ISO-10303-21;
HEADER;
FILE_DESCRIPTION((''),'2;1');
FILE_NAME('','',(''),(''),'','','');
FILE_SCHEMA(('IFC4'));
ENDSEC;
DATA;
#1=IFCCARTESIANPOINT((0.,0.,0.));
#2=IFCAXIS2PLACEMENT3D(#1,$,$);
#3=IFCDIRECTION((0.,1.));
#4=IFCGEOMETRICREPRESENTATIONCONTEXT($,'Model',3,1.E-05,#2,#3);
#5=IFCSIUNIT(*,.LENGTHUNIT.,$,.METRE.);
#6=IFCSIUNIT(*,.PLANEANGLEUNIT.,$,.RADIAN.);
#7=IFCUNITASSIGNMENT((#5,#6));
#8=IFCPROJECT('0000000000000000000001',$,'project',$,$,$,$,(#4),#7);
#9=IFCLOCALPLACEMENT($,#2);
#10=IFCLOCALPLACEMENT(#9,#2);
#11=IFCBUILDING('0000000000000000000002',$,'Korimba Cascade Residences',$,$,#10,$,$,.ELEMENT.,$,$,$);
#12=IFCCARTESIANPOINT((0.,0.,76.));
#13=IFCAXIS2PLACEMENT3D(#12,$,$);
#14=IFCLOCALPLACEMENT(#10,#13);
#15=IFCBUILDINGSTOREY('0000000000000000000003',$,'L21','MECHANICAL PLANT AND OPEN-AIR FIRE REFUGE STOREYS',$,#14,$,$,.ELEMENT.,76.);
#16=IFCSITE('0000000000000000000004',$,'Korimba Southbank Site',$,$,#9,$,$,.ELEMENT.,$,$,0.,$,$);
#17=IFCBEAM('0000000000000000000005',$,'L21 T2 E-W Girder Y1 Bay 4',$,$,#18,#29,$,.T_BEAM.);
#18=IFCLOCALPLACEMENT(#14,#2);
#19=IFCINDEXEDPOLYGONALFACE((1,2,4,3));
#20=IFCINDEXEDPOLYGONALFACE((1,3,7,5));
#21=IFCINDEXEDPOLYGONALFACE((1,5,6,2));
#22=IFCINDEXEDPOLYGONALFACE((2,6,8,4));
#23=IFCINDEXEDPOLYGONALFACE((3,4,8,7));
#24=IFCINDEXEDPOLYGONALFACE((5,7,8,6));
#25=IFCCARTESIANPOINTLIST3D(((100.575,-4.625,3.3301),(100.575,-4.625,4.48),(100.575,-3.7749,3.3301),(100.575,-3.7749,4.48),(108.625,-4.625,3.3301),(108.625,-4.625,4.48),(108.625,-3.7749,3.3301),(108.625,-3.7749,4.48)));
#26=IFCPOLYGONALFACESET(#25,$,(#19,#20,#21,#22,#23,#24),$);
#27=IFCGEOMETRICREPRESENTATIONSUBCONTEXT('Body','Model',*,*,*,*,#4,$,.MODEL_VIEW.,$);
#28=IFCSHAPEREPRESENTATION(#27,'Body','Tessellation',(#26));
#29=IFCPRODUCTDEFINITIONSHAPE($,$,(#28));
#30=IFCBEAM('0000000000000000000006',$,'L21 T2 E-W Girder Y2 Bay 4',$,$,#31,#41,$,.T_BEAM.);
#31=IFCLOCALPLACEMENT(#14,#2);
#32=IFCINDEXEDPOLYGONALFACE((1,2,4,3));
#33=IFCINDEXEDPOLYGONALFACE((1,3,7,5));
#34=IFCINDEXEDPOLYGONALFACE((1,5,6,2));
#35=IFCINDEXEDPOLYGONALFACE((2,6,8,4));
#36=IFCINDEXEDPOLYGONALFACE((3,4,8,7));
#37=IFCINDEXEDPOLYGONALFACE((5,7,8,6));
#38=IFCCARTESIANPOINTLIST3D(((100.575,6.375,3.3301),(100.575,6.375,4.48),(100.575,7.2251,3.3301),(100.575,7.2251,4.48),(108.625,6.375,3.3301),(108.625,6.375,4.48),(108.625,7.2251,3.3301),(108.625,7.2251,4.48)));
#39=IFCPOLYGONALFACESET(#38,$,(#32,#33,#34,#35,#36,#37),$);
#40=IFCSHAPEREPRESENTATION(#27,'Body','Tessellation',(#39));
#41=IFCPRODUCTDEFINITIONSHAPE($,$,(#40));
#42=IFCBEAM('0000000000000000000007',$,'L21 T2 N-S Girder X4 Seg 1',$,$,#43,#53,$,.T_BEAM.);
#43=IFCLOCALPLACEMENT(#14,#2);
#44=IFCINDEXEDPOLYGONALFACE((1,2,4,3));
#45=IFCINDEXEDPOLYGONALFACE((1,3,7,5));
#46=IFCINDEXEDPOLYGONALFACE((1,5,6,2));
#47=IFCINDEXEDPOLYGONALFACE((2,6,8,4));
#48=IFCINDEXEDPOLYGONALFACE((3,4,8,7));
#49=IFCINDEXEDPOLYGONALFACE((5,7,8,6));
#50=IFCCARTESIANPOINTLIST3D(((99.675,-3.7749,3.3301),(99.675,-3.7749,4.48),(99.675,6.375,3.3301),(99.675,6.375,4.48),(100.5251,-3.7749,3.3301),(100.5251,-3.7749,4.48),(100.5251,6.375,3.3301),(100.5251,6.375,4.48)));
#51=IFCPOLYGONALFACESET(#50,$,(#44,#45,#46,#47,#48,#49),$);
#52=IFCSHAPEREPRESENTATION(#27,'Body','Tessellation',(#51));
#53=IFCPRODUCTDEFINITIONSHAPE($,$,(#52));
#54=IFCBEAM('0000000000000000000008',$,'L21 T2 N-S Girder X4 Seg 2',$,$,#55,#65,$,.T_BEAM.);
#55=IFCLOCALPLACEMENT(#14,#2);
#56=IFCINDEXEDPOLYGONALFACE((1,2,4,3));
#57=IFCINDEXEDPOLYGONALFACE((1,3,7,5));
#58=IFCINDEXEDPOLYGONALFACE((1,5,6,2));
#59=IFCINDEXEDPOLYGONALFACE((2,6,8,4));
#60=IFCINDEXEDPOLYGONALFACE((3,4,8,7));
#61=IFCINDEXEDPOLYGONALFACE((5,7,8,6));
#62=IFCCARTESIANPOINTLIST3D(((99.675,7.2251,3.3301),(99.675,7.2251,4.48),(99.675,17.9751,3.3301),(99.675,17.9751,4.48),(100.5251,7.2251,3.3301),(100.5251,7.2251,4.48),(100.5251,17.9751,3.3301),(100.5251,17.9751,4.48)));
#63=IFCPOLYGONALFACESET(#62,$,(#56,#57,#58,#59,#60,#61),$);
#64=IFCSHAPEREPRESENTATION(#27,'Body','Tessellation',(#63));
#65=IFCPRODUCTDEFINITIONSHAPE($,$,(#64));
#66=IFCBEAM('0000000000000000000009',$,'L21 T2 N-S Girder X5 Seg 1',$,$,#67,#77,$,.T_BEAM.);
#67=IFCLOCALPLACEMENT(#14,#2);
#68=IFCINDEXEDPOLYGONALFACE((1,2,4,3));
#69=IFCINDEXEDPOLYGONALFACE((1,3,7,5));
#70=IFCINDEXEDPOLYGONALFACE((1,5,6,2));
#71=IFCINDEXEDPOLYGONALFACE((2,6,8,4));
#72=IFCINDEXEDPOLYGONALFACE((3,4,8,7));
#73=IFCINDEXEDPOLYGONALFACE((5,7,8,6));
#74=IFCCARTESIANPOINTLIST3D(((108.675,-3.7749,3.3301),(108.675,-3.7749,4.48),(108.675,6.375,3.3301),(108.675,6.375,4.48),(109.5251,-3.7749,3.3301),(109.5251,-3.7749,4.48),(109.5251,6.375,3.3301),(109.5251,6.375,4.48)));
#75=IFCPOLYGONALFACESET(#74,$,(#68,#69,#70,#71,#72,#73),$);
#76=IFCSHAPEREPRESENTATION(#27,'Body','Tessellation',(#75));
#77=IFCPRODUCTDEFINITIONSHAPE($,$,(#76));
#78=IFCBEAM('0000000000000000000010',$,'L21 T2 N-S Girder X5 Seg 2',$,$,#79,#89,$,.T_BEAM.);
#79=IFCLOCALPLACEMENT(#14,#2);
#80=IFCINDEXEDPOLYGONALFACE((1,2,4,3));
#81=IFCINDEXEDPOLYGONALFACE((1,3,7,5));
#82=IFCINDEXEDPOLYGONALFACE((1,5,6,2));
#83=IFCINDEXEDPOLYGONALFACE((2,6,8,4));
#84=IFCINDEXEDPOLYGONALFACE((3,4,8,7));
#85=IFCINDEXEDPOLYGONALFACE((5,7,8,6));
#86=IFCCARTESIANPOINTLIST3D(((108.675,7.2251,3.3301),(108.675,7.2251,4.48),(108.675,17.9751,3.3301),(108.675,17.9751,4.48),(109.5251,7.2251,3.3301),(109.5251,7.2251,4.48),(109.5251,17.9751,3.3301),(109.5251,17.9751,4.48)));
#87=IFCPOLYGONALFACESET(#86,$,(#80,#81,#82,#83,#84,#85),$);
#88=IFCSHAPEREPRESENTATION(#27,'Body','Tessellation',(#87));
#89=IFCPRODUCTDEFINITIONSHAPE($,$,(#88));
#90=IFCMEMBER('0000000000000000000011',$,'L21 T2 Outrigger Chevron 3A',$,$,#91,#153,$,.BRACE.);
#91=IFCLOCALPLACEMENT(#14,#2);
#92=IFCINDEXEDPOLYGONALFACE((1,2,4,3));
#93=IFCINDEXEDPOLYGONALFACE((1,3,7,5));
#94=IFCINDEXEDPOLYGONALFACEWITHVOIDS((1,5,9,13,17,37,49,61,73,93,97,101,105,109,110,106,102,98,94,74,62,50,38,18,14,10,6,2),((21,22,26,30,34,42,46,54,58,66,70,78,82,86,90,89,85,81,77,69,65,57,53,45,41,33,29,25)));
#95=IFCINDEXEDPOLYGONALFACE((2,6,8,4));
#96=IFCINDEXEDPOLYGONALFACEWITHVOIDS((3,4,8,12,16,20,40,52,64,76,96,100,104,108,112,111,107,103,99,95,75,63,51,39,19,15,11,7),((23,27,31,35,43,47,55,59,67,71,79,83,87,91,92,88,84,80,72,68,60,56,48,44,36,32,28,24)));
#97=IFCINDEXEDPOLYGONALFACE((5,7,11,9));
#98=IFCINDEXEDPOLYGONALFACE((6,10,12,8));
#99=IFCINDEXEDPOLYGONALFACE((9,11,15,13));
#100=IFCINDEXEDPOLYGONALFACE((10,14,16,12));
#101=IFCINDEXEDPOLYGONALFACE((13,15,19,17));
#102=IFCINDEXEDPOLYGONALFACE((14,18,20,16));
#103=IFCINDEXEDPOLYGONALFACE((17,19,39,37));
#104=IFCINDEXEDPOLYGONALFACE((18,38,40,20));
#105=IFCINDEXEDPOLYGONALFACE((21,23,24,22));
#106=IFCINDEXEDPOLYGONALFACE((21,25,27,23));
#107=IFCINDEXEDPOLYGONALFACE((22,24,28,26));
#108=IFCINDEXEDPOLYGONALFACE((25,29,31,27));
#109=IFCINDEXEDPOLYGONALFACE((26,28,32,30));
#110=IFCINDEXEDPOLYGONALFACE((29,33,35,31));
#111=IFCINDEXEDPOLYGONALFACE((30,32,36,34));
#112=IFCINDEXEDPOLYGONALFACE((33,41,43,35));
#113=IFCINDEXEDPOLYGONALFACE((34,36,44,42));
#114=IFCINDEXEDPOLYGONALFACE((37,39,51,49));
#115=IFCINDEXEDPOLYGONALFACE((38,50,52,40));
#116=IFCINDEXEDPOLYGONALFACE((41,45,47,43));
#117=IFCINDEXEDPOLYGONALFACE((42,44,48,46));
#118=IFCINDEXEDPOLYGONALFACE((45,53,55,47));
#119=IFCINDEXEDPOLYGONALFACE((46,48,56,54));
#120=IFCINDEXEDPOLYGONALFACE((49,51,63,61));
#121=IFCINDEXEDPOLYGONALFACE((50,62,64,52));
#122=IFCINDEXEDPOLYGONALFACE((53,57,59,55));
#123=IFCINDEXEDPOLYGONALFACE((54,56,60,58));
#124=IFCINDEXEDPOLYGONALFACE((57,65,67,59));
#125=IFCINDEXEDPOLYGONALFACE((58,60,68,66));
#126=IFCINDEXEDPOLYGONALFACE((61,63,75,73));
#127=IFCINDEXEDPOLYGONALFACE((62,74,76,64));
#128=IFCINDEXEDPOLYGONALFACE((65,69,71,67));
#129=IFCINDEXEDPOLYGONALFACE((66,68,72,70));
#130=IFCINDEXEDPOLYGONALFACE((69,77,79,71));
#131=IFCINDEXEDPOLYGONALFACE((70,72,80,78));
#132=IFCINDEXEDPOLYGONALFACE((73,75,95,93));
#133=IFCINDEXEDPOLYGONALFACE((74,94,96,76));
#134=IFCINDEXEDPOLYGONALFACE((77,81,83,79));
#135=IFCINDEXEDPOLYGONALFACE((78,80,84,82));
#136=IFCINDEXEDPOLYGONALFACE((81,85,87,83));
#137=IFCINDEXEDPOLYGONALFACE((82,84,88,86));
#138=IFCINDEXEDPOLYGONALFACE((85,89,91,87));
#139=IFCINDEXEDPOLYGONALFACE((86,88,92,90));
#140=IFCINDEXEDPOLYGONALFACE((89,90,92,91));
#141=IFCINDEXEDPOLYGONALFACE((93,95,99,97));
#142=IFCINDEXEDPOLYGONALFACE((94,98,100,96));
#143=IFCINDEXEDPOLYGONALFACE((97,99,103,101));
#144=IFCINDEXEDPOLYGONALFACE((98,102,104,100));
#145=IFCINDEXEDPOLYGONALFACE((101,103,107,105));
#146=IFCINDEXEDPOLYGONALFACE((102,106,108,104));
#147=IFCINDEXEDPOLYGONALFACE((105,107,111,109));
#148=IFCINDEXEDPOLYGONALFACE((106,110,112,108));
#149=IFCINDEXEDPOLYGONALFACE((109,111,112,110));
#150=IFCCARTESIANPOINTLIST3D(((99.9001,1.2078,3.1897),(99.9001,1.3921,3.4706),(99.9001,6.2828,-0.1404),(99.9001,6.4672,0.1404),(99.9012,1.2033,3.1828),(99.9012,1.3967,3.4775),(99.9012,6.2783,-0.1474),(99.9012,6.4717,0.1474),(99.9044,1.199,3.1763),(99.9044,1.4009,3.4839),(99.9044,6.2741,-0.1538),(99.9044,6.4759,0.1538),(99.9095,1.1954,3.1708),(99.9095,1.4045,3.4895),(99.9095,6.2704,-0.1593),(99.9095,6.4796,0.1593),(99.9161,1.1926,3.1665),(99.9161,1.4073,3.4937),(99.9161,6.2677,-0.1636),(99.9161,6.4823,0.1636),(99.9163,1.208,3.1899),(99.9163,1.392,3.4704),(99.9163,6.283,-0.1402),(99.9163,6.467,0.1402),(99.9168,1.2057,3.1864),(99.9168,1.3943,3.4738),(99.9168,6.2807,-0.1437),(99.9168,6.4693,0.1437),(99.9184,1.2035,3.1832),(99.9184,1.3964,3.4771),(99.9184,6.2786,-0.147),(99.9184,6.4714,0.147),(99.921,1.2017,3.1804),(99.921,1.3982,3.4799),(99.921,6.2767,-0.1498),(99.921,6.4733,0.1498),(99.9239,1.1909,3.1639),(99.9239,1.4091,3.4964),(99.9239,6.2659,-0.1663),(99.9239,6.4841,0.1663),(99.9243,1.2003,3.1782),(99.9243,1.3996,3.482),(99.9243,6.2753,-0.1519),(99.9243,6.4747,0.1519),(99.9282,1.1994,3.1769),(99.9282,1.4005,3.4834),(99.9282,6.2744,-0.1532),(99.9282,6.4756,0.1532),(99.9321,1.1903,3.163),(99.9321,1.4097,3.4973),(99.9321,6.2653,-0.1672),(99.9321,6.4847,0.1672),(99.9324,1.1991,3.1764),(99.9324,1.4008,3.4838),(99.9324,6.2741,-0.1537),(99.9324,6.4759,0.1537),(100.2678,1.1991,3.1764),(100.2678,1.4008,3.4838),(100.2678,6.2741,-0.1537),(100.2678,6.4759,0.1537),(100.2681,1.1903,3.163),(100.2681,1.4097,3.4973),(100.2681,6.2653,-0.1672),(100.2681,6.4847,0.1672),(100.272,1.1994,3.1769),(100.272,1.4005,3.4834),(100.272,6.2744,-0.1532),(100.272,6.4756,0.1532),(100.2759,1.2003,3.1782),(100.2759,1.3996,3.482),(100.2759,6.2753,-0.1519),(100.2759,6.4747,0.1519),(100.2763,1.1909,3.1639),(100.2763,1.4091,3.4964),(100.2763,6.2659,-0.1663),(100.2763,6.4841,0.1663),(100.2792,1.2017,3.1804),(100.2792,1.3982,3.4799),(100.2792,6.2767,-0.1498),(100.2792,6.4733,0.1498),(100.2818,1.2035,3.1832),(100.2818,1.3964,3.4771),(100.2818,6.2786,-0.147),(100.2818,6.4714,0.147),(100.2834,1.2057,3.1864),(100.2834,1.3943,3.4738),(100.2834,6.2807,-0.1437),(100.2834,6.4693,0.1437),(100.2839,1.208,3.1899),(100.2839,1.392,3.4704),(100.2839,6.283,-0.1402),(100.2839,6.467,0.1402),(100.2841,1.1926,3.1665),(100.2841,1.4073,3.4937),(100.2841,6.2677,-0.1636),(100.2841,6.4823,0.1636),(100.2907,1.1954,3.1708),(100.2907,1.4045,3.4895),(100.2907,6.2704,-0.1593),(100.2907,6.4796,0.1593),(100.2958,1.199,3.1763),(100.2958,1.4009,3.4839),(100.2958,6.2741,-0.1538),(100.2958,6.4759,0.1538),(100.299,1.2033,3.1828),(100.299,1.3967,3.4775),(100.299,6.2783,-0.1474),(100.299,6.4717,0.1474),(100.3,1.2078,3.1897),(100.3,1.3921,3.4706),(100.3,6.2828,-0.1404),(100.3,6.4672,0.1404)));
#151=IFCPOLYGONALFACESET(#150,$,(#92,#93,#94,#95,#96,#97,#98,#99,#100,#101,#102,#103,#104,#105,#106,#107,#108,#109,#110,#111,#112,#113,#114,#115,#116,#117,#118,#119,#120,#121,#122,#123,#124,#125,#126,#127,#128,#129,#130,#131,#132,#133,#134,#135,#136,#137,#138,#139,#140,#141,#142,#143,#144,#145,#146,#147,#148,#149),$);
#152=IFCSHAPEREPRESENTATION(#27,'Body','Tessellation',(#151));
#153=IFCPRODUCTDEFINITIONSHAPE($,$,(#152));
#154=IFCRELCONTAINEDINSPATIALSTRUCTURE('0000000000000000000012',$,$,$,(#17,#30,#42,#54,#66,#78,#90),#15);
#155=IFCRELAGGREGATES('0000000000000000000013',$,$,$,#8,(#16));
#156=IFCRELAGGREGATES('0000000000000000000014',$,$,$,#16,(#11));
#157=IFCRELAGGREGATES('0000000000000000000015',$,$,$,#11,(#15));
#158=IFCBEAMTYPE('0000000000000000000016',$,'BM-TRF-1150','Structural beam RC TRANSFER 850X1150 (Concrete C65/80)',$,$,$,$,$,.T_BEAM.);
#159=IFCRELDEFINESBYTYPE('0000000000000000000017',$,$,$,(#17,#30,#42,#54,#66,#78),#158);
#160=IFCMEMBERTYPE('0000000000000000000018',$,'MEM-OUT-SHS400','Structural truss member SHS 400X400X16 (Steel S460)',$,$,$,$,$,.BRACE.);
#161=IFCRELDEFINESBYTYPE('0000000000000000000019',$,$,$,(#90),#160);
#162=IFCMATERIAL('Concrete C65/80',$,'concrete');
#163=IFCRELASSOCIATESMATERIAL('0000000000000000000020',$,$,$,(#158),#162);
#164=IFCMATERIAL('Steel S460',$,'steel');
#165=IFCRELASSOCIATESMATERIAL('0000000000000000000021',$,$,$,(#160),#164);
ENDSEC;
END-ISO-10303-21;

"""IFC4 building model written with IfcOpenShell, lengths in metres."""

from ifc_helpers import new_model, si_unit, direction, frame, origin, origin_2d, place, context, subcontext, project, spatial, rectangle, hollow_rectangle, extrude, material, material_profile, profile_set, type_object, element, save


model = new_model("IFC4")

# Units and contexts
model_context = context("Model", 3, precision=1e-05, world=origin(), true_north=direction((0.0, 1.0)))
body_context = subcontext(model_context, "Body", "Model", "MODEL_VIEW")
ifc_project = project(units=[si_unit("LENGTHUNIT", "METRE"), si_unit("PLANEANGLEUNIT", "RADIAN")], contexts=[model_context])

# Site, building, storey
site_placement = place(None, origin())
site = spatial("IfcSite", under=ifc_project, at=site_placement, Name="Korimba Southbank Site", CompositionType="ELEMENT", RefElevation=0.0)
building_placement = place(site_placement, origin())
building = spatial("IfcBuilding", under=site, at=building_placement, Name="Korimba Cascade Residences", CompositionType="ELEMENT")
storey_placement = place(building_placement, frame((0.0, 0.0, 76.0)))
storey = spatial("IfcBuildingStorey", under=building, at=storey_placement, Name="L21", Description="MECHANICAL PLANT AND OPEN-AIR FIRE REFUGE STOREYS", CompositionType="ELEMENT", Elevation=76.0)

# Shared definitions
ifc_material_1 = material(Name="Concrete C65/80", Category="concrete")

# Beams
ifc_material_profile_1 = material_profile(ifc_material_1, rectangle(XDim=0.8501, YDim=1.1499, at=origin_2d()), Name="Concrete C65/80")
ifc_profile_set_1 = profile_set([ifc_material_profile_1], Name="Concrete C65/80")
beam_type_1 = type_object("IfcBeamType", Name="BM-TRF-1150", Description="Structural beam RC TRANSFER 850X1150 (Concrete C65/80)", PredefinedType="T_BEAM", material=ifc_profile_set_1)
for number, where, z_axis, x_axis, name in (
    (1, (100.575, -4.2, 3.905), (1.0, 0.0, 0.0), (0.0, 1.0, 0.0), "L21 T2 E-W Girder Y1 Bay 4"),
    (2, (100.575, 6.8, 3.905), (1.0, 0.0, 0.0), (0.0, 1.0, 0.0), "L21 T2 E-W Girder Y2 Bay 4"),
):
    element("IfcBeam", number, at=place(storey_placement, frame(where, z_axis=z_axis, x_axis=x_axis)), inside=storey, type_object=beam_type_1, Name=name, PredefinedType="T_BEAM", context=body_context, shape_type="SweptSolid", body=[
        extrude(rectangle(XDim=0.8501, YDim=1.1499, at=origin_2d()), origin(), (0.0, 0.0, 1.0), 8.05),
    ])
beam_1_placement = place(storey_placement, frame((100.1001, -3.7749, 3.905), z_axis=(0.0, 1.0, 0.0), x_axis=(-1.0, 0.0, 0.0)))
element("IfcBeam", 3, at=beam_1_placement, inside=storey, type_object=beam_type_1, Name="L21 T2 N-S Girder X4 Seg 1", PredefinedType="T_BEAM", context=body_context, shape_type="SweptSolid", body=[
    extrude(rectangle(XDim=0.8501, YDim=1.1499, at=origin_2d()), origin(), (0.0, 0.0, 1.0), 10.1499),
])
beam_2_placement = place(storey_placement, frame((100.1001, 7.2251, 3.905), z_axis=(0.0, 1.0, 0.0), x_axis=(-1.0, 0.0, 0.0)))
element("IfcBeam", 4, at=beam_2_placement, inside=storey, type_object=beam_type_1, Name="L21 T2 N-S Girder X4 Seg 2", PredefinedType="T_BEAM", context=body_context, shape_type="SweptSolid", body=[
    extrude(rectangle(XDim=0.8501, YDim=1.1499, at=origin_2d()), origin(), (0.0, 0.0, 1.0), 10.75),
])
beam_3_placement = place(storey_placement, frame((109.1001, -3.7749, 3.905), z_axis=(0.0, 1.0, 0.0), x_axis=(-1.0, 0.0, 0.0)))
element("IfcBeam", 5, at=beam_3_placement, inside=storey, type_object=beam_type_1, Name="L21 T2 N-S Girder X5 Seg 1", PredefinedType="T_BEAM", context=body_context, shape_type="SweptSolid", body=[
    extrude(rectangle(XDim=0.8501, YDim=1.1499, at=origin_2d()), origin(), (0.0, 0.0, 1.0), 10.1499),
])
beam_4_placement = place(storey_placement, frame((109.1001, 7.2251, 3.905), z_axis=(0.0, 1.0, 0.0), x_axis=(-1.0, 0.0, 0.0)))
element("IfcBeam", 6, at=beam_4_placement, inside=storey, type_object=beam_type_1, Name="L21 T2 N-S Girder X5 Seg 2", PredefinedType="T_BEAM", context=body_context, shape_type="SweptSolid", body=[
    extrude(rectangle(XDim=0.8501, YDim=1.1499, at=origin_2d()), origin(), (0.0, 0.0, 1.0), 10.75),
])

# Member
ifc_material_2 = material(Name="Steel S460", Category="steel")
ifc_material_profile_2 = material_profile(ifc_material_2, hollow_rectangle(XDim=0.3999, YDim=0.3999, WallThickness=0.0161, InnerFilletRadius=0.0161, OuterFilletRadius=0.032, at=origin_2d()), Name="Steel S460")
ifc_profile_set_2 = profile_set([ifc_material_profile_2], Name="Steel S460")
member_type = type_object("IfcMemberType", Name="MEM-OUT-SHS400", Description="Structural truss member SHS 400X400X16 (Steel S460)", PredefinedType="BRACE", material=ifc_profile_set_2)
for number, where, z_axis, x_axis, name in (
    (7, (100.1001, 6.375, 0.0), (0.0, -0.836075, 0.548615), (1.0, 0.0, 0.0), "L21 T2 Outrigger Chevron 3A"),
):
    element("IfcMember", number, at=place(storey_placement, frame(where, z_axis=z_axis, x_axis=x_axis)), inside=storey, type_object=member_type, Name=name, PredefinedType="BRACE", context=body_context, shape_type="SweptSolid", body=[
        extrude(hollow_rectangle(XDim=0.3999, YDim=0.3999, WallThickness=0.0161, InnerFilletRadius=0.0161, OuterFilletRadius=0.032, at=origin_2d()), origin(), (0.0, 0.0, 1.0), 6.0701),
    ])

save(model, "model.ifc")
